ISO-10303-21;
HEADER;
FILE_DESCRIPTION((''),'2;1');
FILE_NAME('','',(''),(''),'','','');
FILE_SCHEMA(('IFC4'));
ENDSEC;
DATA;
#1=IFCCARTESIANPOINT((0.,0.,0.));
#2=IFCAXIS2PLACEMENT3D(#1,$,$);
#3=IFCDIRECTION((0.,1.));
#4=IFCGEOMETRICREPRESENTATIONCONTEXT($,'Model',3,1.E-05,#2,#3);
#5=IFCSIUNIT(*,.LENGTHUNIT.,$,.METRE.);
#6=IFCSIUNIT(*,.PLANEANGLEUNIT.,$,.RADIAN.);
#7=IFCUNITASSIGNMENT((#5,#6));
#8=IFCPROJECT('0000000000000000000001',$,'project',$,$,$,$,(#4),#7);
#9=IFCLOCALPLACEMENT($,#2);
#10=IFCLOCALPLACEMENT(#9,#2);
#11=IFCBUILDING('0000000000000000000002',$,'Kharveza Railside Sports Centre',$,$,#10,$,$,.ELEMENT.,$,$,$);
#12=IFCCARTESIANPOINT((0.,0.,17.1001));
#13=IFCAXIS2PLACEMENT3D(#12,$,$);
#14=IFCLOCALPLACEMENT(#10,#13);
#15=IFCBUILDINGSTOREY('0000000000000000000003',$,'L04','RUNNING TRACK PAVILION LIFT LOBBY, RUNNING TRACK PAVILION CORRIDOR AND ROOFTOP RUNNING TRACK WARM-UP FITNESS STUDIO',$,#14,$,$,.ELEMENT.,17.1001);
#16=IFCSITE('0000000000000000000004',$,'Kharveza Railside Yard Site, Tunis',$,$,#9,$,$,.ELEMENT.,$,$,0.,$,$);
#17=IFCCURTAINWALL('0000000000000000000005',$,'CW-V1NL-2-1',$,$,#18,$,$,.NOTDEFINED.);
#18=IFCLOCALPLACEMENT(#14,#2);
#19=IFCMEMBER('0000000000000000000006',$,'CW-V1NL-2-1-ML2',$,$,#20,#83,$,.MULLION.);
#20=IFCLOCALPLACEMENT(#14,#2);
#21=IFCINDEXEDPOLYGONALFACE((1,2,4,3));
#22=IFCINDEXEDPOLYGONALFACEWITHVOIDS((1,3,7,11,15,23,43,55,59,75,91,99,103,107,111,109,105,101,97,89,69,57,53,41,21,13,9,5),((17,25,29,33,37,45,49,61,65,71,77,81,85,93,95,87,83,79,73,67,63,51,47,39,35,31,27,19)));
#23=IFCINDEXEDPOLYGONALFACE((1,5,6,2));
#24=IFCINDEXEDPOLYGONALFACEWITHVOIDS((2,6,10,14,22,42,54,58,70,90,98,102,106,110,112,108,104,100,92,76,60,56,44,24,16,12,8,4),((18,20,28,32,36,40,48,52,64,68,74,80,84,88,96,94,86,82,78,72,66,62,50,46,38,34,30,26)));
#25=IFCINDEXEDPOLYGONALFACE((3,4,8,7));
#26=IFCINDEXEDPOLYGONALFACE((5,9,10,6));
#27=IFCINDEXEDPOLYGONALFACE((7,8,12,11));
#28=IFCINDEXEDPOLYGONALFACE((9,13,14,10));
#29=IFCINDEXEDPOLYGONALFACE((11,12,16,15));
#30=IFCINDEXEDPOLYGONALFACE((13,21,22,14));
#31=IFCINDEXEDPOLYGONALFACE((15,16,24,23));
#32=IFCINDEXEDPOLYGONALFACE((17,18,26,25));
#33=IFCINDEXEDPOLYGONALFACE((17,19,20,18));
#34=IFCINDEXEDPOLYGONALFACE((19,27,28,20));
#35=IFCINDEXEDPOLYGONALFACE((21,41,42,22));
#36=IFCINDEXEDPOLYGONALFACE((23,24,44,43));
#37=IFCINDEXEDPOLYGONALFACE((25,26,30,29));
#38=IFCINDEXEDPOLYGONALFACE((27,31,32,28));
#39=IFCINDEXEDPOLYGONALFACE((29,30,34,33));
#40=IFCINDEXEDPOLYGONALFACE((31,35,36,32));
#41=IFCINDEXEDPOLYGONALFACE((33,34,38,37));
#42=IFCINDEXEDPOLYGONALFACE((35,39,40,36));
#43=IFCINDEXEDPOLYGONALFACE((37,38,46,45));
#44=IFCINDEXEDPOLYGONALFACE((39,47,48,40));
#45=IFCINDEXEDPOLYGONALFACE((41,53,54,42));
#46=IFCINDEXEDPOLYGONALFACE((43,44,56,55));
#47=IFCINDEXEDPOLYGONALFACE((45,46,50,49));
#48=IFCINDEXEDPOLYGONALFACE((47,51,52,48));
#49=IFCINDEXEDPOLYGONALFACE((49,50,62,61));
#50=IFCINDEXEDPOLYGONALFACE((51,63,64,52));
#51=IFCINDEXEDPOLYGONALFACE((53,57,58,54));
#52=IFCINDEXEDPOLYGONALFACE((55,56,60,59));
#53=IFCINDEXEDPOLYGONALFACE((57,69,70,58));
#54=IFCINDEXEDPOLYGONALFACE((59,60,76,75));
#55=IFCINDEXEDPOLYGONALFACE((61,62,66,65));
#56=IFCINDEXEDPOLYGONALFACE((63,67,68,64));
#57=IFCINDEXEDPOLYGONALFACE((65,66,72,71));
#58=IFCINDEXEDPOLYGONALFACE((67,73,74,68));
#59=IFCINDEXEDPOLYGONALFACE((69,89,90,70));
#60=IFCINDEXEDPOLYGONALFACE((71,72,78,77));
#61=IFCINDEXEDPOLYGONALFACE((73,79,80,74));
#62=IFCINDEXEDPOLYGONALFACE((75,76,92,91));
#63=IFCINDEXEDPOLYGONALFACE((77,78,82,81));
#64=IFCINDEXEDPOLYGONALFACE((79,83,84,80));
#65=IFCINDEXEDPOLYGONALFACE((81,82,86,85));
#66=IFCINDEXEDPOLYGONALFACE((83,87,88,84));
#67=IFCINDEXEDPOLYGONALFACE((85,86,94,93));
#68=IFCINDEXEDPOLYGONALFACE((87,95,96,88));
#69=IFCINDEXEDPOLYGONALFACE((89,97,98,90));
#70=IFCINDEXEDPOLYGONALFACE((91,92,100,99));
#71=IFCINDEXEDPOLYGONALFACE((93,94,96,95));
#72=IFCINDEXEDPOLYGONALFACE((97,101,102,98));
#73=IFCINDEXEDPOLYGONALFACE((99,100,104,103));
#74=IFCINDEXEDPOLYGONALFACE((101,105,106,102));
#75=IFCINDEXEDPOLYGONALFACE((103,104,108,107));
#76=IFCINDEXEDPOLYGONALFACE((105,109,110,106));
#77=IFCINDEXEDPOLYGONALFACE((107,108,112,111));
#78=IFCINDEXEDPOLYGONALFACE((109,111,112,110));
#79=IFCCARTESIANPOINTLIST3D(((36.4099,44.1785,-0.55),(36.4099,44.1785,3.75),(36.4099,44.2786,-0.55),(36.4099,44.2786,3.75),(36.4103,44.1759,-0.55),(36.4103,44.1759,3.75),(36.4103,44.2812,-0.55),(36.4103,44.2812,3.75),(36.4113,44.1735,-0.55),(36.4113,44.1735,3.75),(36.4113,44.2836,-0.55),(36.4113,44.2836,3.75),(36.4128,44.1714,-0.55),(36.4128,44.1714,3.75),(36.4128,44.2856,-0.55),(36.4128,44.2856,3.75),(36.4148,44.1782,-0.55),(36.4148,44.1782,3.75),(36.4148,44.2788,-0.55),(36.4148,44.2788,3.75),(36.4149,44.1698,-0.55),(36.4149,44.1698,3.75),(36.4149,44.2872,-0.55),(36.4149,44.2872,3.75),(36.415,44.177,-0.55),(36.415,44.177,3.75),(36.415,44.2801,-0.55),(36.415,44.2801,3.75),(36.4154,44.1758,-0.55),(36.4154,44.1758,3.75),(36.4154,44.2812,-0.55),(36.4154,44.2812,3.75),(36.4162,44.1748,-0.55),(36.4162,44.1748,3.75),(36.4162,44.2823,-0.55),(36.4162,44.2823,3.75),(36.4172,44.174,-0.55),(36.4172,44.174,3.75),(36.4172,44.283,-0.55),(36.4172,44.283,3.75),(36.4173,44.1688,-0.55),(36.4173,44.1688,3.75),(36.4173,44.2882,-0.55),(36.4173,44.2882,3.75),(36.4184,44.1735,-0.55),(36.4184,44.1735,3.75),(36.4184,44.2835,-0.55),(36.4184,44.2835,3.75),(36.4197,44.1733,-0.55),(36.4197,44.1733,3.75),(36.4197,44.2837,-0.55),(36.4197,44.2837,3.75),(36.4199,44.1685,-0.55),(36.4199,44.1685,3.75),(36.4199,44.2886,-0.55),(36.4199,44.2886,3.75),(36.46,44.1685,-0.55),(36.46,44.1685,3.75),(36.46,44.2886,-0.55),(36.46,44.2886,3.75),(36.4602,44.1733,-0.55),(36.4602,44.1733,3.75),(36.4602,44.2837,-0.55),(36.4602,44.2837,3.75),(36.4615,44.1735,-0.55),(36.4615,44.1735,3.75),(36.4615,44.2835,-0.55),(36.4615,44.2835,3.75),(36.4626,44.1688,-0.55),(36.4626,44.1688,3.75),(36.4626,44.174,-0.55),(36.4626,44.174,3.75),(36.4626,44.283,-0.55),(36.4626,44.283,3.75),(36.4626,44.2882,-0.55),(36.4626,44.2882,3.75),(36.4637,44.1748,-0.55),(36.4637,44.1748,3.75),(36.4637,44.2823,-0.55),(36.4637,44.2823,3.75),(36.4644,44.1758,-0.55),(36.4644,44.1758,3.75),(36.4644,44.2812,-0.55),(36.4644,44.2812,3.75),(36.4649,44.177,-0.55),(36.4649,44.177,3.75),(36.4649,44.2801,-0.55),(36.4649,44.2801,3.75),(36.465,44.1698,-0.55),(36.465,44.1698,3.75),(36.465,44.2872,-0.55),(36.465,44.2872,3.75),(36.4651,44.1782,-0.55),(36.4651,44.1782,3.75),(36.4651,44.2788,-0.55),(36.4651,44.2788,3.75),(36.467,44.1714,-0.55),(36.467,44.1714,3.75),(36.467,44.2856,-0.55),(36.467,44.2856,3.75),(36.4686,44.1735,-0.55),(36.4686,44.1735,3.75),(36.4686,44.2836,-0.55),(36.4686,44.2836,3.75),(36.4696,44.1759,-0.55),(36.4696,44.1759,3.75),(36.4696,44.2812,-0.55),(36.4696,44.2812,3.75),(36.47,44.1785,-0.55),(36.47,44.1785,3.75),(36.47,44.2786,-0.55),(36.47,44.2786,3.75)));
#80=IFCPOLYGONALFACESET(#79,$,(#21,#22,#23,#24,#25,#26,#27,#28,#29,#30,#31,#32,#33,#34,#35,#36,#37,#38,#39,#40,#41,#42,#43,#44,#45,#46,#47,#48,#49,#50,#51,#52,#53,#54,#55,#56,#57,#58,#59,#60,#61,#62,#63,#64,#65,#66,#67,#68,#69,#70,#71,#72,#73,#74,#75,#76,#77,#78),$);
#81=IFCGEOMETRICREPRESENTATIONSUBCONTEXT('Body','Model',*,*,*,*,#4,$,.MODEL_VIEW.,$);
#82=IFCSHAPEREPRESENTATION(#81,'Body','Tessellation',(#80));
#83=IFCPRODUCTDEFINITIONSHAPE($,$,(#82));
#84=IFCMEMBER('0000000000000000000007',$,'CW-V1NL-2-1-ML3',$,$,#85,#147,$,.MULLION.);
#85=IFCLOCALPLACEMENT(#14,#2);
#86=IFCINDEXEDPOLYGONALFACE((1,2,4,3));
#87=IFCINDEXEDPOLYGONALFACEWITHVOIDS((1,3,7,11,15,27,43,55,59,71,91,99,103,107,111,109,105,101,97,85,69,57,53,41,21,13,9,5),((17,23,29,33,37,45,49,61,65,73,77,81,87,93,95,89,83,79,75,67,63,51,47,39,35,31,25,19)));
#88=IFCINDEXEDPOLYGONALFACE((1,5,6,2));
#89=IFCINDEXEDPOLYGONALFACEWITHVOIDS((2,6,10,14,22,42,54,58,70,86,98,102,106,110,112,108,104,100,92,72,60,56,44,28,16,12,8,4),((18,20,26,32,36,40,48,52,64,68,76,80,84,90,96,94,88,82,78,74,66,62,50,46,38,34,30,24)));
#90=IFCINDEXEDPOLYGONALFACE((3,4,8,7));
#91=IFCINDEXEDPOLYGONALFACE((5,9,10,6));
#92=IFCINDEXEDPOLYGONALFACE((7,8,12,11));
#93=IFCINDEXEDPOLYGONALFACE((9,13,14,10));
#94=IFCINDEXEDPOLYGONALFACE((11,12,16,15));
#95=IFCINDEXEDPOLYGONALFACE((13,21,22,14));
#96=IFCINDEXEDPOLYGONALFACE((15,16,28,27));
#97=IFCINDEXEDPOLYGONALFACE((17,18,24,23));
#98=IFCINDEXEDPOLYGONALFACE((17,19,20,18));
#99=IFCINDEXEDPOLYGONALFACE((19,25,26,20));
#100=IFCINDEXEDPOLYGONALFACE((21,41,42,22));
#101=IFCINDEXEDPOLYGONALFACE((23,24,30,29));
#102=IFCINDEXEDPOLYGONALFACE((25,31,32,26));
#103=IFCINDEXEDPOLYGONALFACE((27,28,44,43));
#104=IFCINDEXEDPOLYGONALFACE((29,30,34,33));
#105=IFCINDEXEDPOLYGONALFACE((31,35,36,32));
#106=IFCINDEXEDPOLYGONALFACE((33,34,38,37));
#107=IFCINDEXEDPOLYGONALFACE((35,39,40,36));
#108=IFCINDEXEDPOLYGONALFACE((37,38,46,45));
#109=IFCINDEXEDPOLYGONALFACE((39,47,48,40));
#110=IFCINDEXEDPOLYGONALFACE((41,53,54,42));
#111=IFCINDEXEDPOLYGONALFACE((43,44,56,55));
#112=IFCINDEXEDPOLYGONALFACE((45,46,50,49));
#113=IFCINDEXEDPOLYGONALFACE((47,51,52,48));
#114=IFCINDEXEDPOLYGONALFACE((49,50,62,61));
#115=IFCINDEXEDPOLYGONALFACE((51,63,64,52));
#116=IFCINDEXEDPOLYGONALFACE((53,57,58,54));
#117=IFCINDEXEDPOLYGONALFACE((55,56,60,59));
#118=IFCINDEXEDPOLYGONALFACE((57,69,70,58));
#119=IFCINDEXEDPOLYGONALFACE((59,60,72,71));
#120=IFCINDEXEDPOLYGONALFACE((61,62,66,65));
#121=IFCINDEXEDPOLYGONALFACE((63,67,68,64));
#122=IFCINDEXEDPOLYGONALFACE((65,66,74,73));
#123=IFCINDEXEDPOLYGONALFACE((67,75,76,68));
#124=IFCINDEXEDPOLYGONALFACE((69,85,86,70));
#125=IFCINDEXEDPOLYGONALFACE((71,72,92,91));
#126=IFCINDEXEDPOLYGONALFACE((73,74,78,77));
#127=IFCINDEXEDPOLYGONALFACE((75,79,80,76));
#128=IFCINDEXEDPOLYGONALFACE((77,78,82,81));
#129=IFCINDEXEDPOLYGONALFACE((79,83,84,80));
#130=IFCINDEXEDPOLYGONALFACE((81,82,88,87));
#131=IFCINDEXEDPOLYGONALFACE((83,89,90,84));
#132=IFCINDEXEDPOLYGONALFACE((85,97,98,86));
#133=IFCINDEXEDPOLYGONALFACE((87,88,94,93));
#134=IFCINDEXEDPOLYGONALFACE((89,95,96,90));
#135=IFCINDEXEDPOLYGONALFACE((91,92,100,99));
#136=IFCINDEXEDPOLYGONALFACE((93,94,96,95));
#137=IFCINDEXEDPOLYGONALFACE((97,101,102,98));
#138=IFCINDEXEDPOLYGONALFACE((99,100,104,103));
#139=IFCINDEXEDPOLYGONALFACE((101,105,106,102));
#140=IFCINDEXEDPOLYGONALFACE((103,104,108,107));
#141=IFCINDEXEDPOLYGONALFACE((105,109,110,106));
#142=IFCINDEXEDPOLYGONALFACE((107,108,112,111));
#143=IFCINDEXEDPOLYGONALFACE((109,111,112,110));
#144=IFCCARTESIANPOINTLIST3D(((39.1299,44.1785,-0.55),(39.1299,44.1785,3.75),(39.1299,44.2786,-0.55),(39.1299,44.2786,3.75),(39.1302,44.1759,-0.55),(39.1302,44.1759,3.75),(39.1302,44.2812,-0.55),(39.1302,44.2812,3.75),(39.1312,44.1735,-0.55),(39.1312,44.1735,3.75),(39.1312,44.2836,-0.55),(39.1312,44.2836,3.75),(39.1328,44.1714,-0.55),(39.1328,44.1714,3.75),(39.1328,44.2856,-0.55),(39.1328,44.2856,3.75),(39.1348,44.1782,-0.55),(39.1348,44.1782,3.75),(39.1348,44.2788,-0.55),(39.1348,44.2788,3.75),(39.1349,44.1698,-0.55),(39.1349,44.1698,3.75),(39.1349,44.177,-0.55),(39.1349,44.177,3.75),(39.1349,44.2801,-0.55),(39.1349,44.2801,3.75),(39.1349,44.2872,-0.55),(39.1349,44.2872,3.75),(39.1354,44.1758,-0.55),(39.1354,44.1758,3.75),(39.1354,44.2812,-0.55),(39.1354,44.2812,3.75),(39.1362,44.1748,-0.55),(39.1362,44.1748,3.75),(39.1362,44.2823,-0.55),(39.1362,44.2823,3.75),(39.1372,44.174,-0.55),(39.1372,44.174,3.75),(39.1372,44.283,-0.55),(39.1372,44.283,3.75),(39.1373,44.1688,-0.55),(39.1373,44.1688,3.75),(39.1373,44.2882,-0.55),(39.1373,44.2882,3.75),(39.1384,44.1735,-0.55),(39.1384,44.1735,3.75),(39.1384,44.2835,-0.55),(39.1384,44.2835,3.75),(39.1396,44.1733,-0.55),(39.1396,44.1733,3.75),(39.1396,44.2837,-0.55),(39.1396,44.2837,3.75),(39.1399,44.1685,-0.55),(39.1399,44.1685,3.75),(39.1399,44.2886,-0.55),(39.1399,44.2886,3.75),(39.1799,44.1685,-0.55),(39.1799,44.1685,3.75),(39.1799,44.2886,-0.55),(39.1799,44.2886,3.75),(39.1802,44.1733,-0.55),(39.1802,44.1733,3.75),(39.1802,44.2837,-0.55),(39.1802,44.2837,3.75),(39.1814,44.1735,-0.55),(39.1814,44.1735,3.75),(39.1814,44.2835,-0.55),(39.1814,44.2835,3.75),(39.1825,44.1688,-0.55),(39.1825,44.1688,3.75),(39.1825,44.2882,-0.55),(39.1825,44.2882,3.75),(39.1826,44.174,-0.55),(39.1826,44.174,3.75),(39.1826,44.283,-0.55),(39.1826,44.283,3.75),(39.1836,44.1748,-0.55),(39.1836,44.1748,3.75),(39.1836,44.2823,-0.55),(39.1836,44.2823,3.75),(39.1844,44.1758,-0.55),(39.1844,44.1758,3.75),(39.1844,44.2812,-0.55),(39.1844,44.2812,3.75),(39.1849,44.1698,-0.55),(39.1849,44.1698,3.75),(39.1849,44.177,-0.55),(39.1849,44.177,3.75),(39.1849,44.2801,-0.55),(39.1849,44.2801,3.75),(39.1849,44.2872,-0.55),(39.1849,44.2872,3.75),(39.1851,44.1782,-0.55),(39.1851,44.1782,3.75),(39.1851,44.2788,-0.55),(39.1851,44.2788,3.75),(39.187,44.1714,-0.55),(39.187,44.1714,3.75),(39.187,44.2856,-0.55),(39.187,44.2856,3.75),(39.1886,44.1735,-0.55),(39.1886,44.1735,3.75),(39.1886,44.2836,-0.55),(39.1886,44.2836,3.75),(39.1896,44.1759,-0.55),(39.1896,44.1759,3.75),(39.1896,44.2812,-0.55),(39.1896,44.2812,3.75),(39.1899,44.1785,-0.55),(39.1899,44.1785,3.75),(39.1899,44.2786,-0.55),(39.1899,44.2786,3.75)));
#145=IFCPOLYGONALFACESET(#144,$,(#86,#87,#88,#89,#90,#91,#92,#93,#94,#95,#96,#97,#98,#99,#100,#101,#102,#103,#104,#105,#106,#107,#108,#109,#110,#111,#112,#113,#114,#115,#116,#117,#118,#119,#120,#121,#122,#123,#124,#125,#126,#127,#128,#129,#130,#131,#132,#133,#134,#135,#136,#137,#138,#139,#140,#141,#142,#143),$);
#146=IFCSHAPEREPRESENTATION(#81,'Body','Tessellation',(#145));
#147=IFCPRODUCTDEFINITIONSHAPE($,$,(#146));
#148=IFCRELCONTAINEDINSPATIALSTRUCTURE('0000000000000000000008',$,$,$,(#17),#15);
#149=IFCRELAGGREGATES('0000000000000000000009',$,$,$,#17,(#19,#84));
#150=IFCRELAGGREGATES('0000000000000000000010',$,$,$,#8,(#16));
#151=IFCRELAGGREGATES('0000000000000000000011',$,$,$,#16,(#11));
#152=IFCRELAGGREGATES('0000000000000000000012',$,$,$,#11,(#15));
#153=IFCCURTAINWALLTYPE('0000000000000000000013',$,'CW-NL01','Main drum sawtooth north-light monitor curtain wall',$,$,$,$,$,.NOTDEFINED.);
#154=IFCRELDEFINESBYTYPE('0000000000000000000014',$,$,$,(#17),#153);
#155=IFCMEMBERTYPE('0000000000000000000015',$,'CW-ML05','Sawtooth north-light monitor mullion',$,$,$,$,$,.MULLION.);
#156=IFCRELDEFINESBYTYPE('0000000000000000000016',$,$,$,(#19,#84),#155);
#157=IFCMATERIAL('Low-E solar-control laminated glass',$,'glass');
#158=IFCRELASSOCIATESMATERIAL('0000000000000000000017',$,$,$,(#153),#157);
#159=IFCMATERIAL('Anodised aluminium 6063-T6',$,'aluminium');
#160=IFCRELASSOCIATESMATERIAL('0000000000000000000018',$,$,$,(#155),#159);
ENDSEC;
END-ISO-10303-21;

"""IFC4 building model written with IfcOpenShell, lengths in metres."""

from ifc_helpers import new_model, si_unit, direction, frame, origin, origin_2d, place, context, subcontext, project, spatial, hollow_rectangle, extrude, material, material_profile, profile_set, type_object, element, aggregate, save


model = new_model("IFC4")

# Units and contexts
model_context = context("Model", 3, precision=1e-05, world=origin(), true_north=direction((0.0, 1.0)))
body_context = subcontext(model_context, "Body", "Model", "MODEL_VIEW")
ifc_project = project(units=[si_unit("LENGTHUNIT", "METRE"), si_unit("PLANEANGLEUNIT", "RADIAN")], contexts=[model_context])

# Site, building, storey
site_placement = place(None, origin())
site = spatial("IfcSite", under=ifc_project, at=site_placement, Name="Kharveza Railside Yard Site, Tunis", CompositionType="ELEMENT", RefElevation=0.0)
building_placement = place(site_placement, origin())
building = spatial("IfcBuilding", under=site, at=building_placement, Name="Kharveza Railside Sports Centre", CompositionType="ELEMENT")
storey_placement = place(building_placement, frame((0.0, 0.0, 17.1001)))
storey = spatial("IfcBuildingStorey", under=building, at=storey_placement, Name="L04", Description="RUNNING TRACK PAVILION LIFT LOBBY, RUNNING TRACK PAVILION CORRIDOR AND ROOFTOP RUNNING TRACK WARM-UP FITNESS STUDIO", CompositionType="ELEMENT", Elevation=17.1001)

# Shared definitions
ifc_material_1 = material(Name="Low-E solar-control laminated glass", Category="glass")
curtain_wall_type = type_object("IfcCurtainWallType", Name="CW-NL01", Description="Main drum sawtooth north-light monitor curtain wall", PredefinedType="NOTDEFINED", material=ifc_material_1)
ifc_material_2 = material(Name="Anodised aluminium 6063-T6", Category="aluminium")
ifc_material_profile_1 = material_profile(ifc_material_2, hollow_rectangle(XDim=0.0601, YDim=0.1201, WallThickness=0.0049, InnerFilletRadius=0.0049, OuterFilletRadius=0.01, at=origin_2d()), Name="RHS 60x120x5.0")
ifc_profile_set_1 = profile_set([ifc_material_profile_1], Name="Anodised aluminium 6063-T6")
member_type_1 = type_object("IfcMemberType", Name="CW-ML05", Description="Sawtooth north-light monitor mullion", PredefinedType="MULLION", material=ifc_profile_set_1)

# Curtain wall, members
curtain_wall_1_placement = place(storey_placement, origin())
curtain_wall_1 = element("IfcCurtainWall", 1, at=curtain_wall_1_placement, inside=storey, type_object=curtain_wall_type, Name="CW-V1NL-2-1", PredefinedType="NOTDEFINED")
member_1_placement = place(storey_placement, frame((36.4399, 44.2285, -0.55), z_axis=(0.0, 0.0, 1.0), x_axis=(1.0, 0.0, 0.0)))
member_1 = element("IfcMember", 2, at=member_1_placement, type_object=member_type_1, Name="CW-V1NL-2-1-ML2", PredefinedType="MULLION", context=body_context, shape_type="SweptSolid", body=[
    extrude(hollow_rectangle(XDim=0.0601, YDim=0.1201, WallThickness=0.0049, InnerFilletRadius=0.0049, OuterFilletRadius=0.01, at=origin_2d()), origin(), (0.0, 0.0, 1.0), 4.3),
])
member_2_placement = place(storey_placement, frame((39.1599, 44.2285, -0.55), z_axis=(0.0, 0.0, 1.0), x_axis=(1.0, 0.0, 0.0)))
member_2 = element("IfcMember", 3, at=member_2_placement, type_object=member_type_1, Name="CW-V1NL-2-1-ML3", PredefinedType="MULLION", context=body_context, shape_type="SweptSolid", body=[
    extrude(hollow_rectangle(XDim=0.0601, YDim=0.1201, WallThickness=0.0049, InnerFilletRadius=0.0049, OuterFilletRadius=0.01, at=origin_2d()), origin(), (0.0, 0.0, 1.0), 4.3),
])

aggregate(curtain_wall_1, [member_1, member_2])

save(model, "model.ifc")
